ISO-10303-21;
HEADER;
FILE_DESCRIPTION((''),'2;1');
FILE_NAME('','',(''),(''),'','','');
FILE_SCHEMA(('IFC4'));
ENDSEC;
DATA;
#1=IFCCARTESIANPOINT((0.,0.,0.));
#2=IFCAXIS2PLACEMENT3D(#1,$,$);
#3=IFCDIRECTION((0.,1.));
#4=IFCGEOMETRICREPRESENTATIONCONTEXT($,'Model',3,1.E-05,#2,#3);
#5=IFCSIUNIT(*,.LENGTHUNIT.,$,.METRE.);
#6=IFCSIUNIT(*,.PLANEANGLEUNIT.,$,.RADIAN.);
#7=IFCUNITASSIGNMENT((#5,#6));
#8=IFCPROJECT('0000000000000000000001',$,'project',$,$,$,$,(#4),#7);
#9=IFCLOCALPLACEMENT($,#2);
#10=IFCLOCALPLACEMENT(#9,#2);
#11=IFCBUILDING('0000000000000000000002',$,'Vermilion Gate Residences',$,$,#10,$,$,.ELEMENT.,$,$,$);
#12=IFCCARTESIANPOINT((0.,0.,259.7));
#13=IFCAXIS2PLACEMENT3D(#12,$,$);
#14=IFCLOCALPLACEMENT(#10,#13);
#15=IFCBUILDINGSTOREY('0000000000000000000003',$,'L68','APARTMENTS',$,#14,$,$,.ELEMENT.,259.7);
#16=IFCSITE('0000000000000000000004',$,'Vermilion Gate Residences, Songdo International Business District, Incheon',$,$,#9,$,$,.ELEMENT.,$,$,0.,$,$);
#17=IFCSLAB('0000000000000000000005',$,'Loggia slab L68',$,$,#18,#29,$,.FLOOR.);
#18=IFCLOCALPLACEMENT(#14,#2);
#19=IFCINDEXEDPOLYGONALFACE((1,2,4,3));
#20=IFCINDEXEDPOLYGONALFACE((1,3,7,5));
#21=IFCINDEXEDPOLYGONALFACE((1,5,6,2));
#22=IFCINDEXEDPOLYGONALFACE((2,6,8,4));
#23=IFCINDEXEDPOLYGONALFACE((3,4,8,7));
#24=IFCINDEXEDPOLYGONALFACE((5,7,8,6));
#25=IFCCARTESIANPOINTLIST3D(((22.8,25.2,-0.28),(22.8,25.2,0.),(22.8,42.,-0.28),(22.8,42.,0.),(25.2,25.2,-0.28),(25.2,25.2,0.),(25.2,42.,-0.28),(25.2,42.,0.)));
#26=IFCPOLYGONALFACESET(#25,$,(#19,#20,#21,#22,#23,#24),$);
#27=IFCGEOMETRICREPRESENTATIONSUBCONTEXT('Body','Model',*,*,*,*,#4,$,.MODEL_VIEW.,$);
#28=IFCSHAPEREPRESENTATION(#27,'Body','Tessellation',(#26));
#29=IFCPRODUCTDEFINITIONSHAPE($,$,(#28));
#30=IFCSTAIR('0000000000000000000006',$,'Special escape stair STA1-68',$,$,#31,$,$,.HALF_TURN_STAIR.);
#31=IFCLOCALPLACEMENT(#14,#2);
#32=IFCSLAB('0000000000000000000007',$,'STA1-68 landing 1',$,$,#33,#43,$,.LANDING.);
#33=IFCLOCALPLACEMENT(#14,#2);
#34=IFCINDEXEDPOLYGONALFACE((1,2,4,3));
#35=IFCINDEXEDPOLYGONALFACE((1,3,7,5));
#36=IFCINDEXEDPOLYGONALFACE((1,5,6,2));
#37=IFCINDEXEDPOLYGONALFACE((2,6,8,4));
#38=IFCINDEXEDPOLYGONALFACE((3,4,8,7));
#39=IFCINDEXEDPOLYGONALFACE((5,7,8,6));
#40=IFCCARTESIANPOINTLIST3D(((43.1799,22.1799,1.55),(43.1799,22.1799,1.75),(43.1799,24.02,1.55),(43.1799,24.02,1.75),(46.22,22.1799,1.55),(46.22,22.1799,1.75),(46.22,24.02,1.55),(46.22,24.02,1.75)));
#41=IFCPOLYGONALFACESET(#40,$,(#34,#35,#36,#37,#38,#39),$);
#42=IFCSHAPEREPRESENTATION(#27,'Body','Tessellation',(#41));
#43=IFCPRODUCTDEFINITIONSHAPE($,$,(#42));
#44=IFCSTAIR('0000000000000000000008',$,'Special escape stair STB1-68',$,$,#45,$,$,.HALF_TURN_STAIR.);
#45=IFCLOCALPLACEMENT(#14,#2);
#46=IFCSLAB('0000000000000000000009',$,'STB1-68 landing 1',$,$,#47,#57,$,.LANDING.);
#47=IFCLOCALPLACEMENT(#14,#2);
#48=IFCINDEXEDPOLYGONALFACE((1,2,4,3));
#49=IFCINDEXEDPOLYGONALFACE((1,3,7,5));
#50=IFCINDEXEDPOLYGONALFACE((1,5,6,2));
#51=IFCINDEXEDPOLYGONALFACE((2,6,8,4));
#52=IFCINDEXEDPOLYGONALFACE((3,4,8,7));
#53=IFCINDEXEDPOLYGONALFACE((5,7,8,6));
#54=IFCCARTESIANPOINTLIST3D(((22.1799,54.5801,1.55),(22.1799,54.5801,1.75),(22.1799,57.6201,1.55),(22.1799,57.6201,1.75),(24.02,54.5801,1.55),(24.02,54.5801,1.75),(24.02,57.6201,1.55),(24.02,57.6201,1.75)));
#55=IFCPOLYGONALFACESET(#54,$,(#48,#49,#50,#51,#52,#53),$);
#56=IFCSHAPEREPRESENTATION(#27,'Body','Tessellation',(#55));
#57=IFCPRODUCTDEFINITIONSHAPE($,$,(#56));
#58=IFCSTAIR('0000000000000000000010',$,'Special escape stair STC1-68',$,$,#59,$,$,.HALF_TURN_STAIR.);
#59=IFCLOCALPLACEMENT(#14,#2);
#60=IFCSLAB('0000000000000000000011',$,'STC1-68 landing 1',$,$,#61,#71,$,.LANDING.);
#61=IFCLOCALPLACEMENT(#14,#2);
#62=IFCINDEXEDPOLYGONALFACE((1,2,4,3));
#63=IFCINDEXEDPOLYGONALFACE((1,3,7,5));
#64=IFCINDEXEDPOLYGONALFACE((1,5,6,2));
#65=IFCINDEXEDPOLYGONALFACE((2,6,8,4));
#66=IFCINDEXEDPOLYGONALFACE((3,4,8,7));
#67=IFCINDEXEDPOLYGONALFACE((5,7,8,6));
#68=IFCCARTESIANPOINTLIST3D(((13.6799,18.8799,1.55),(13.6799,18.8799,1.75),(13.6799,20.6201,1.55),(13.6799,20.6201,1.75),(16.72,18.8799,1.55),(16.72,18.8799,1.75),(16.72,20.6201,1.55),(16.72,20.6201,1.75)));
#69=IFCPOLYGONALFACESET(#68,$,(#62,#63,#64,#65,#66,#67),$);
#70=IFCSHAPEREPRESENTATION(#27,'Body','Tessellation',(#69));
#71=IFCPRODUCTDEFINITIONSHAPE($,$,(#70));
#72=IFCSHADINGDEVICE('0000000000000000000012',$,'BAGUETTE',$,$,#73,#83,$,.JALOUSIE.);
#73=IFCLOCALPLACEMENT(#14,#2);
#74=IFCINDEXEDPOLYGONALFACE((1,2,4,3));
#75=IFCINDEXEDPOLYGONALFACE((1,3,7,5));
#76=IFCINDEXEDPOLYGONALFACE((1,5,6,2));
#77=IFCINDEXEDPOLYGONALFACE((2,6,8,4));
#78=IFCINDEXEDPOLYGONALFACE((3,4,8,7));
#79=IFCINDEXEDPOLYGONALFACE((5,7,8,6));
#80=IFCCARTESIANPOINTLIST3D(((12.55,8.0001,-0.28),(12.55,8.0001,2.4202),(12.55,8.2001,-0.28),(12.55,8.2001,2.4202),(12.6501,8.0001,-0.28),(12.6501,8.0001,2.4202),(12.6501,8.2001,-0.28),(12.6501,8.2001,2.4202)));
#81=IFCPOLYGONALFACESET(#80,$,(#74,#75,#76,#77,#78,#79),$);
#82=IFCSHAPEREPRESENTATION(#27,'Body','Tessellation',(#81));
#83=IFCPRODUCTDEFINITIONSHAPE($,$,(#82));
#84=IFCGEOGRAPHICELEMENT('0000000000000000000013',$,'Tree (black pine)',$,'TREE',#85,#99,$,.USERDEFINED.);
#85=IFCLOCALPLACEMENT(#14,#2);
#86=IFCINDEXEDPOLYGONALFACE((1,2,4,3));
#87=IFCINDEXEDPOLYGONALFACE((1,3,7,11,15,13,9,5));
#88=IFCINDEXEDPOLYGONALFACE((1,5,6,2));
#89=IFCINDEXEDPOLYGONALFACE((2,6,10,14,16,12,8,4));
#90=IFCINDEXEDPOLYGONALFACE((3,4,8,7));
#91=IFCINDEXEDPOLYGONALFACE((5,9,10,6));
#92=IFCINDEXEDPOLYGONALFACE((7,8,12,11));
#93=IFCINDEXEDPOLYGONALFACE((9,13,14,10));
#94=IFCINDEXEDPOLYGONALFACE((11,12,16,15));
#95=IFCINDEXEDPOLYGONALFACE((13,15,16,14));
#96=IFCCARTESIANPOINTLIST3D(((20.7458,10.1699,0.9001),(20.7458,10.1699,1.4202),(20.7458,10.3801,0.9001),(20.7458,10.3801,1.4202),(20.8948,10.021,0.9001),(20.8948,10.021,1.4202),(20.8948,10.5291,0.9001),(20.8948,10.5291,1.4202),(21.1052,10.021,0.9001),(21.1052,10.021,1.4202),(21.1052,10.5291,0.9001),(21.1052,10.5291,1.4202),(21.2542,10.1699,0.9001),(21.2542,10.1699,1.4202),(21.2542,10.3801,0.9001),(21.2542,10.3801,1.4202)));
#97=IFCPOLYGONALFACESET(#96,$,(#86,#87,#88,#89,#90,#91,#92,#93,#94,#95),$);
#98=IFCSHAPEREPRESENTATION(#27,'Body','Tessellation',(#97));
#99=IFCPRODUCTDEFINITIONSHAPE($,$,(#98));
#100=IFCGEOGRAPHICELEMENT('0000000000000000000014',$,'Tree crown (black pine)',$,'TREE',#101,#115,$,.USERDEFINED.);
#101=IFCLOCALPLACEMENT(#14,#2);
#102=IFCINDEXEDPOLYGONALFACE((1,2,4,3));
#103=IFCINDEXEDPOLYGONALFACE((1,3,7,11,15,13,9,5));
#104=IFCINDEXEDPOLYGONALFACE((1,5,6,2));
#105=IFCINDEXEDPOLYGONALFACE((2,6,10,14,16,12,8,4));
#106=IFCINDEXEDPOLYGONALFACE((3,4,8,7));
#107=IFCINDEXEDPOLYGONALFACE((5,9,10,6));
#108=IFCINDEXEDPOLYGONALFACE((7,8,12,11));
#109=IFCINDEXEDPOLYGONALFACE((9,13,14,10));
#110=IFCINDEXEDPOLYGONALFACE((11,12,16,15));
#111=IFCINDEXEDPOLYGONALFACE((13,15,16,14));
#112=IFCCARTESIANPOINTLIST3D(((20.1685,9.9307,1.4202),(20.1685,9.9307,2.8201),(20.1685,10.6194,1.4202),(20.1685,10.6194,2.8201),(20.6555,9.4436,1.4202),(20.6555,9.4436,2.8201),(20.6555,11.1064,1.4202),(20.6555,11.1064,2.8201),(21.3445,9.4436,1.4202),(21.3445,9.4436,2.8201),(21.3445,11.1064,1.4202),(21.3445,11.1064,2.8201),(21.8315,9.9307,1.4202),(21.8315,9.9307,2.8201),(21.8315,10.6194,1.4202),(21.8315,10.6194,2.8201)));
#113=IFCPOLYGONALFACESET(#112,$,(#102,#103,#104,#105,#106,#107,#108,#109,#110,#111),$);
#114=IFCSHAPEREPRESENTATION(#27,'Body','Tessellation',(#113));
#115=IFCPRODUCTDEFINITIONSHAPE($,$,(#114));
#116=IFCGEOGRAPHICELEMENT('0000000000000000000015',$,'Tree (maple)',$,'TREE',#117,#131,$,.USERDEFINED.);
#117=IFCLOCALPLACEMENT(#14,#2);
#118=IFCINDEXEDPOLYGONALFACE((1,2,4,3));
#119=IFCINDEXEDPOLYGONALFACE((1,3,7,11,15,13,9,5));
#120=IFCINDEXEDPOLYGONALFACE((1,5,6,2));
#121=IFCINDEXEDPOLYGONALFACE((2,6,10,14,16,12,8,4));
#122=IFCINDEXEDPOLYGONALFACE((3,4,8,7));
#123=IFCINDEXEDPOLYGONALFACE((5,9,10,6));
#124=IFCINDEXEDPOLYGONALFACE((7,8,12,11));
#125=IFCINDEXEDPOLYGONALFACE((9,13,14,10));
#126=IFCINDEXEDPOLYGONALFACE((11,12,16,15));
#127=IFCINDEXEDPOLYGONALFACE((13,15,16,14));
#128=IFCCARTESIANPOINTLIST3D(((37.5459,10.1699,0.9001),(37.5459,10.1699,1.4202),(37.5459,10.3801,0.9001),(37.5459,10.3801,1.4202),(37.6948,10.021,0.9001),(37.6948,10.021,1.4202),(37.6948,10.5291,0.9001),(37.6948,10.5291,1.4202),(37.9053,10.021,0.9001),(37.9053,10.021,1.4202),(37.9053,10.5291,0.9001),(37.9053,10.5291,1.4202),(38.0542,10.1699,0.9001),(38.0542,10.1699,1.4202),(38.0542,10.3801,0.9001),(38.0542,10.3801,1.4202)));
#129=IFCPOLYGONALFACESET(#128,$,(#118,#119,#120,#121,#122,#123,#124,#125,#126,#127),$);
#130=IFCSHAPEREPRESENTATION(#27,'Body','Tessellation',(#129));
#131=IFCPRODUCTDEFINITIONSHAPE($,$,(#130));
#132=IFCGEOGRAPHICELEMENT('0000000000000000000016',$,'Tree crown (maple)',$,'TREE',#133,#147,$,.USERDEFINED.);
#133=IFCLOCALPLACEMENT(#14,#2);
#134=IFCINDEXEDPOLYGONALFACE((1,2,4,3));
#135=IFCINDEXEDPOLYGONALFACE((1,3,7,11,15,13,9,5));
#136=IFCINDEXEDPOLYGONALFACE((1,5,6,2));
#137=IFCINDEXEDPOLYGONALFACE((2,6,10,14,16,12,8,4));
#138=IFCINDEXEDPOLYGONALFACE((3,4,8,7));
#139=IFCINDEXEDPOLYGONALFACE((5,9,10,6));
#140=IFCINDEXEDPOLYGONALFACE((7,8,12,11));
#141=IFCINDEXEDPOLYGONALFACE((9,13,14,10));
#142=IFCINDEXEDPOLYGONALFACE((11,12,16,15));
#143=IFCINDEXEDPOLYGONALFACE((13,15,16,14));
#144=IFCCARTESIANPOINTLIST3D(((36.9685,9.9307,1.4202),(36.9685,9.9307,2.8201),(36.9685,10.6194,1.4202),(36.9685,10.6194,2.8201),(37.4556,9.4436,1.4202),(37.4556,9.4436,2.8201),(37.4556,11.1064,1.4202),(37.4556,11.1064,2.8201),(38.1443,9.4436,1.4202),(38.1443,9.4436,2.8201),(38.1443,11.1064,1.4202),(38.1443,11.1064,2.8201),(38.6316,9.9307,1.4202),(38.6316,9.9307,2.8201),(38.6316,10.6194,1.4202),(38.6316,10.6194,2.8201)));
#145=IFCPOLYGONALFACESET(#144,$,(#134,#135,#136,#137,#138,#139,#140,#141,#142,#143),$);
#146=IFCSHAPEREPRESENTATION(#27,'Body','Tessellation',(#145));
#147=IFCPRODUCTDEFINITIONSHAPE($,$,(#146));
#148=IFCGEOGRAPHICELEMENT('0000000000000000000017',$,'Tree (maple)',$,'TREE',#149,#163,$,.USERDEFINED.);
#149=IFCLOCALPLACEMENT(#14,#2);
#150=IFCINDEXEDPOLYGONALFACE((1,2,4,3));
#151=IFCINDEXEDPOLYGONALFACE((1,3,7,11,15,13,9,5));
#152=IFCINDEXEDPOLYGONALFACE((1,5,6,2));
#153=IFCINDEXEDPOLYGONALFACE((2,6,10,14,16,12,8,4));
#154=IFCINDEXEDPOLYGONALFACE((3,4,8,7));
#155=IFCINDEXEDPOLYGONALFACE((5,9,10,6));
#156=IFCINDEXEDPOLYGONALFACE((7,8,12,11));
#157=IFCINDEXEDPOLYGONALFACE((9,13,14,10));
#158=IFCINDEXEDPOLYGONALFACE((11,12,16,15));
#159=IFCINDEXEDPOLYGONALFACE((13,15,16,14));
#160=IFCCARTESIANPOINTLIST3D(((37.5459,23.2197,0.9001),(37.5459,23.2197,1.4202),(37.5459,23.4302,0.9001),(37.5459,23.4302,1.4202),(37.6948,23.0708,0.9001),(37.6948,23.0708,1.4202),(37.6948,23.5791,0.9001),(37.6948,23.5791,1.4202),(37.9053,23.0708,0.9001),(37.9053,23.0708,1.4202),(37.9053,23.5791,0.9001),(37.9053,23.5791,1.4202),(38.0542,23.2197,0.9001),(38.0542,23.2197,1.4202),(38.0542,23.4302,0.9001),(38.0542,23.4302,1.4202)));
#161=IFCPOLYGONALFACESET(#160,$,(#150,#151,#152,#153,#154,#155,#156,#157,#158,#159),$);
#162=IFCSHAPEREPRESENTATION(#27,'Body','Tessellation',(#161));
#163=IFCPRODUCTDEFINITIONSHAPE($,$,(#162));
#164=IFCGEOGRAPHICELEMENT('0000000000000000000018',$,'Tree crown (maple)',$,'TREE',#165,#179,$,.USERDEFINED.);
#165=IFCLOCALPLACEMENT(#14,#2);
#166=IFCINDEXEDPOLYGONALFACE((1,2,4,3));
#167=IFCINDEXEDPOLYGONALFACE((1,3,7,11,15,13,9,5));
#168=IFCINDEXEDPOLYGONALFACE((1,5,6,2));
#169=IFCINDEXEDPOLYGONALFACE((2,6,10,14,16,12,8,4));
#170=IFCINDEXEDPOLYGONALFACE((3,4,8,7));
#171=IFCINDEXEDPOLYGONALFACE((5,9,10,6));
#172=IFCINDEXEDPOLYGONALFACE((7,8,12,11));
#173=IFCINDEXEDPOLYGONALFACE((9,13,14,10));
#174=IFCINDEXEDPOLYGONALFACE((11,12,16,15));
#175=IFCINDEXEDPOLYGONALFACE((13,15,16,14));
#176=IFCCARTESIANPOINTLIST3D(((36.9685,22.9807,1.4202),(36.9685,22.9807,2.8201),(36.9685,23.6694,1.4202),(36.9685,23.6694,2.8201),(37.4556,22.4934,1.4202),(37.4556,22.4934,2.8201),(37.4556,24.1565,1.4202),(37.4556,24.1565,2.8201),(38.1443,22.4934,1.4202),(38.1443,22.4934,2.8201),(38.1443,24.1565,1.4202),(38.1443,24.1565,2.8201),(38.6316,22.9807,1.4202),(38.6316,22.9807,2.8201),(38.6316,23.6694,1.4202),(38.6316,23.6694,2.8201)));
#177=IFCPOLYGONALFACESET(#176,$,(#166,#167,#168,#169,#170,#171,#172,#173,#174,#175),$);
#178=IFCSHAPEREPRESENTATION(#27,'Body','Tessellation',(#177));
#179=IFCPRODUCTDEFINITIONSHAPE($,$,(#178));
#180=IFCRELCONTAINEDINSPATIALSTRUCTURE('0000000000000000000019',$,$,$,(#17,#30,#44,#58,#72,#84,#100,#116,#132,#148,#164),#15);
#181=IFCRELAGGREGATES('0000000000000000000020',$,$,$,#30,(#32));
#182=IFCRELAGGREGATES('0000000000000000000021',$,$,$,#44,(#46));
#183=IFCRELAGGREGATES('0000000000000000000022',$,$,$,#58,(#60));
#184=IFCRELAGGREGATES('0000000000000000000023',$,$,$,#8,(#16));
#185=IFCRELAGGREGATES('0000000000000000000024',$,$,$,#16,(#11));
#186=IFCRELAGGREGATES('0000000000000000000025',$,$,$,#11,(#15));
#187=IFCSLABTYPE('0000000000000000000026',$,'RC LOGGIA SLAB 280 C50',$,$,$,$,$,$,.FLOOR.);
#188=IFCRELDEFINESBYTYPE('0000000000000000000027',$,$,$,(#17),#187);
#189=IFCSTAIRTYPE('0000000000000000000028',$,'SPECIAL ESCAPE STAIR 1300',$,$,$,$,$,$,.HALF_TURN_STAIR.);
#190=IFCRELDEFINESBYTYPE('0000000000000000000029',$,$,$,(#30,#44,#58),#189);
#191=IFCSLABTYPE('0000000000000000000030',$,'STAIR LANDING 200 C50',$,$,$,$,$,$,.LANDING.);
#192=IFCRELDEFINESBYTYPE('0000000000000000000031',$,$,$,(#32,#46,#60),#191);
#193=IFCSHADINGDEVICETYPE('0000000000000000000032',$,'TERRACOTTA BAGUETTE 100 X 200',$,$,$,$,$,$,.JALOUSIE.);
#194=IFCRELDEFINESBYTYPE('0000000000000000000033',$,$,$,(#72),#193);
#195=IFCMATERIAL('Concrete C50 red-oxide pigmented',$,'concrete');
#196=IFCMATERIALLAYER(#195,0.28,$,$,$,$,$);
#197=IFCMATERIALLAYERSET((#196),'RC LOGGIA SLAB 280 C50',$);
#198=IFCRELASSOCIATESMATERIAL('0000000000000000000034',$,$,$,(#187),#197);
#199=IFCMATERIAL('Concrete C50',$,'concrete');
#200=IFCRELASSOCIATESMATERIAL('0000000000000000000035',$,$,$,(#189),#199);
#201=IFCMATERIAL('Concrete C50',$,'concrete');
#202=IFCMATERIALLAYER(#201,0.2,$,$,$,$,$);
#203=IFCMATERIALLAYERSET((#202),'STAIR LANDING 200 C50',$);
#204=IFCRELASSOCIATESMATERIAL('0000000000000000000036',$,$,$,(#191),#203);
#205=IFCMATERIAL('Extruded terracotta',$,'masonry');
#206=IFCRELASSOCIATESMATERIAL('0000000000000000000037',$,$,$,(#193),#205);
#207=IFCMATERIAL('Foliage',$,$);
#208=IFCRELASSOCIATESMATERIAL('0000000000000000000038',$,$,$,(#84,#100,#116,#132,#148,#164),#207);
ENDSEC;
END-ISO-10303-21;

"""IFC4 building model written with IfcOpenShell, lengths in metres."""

from ifc_helpers import new_model, si_unit, direction, frame, origin, origin_2d, place, context, subcontext, project, spatial, polyline, rectangle, outline, extrude, material, layer, layer_set, material_profile, profile_set, type_object, element, aggregate, save


model = new_model("IFC4")

# Units and contexts
model_context = context("Model", 3, precision=1e-05, world=origin(), true_north=direction((0.0, 1.0)))
body_context = subcontext(model_context, "Body", "Model", "MODEL_VIEW")
ifc_project = project(units=[si_unit("LENGTHUNIT", "METRE"), si_unit("PLANEANGLEUNIT", "RADIAN")], contexts=[model_context])

# Site, building, storey
site_placement = place(None, origin())
site = spatial("IfcSite", under=ifc_project, at=site_placement, Name="Vermilion Gate Residences, Songdo International Business District, Incheon", CompositionType="ELEMENT", RefElevation=0.0)
building_placement = place(site_placement, origin())
building = spatial("IfcBuilding", under=site, at=building_placement, Name="Vermilion Gate Residences", CompositionType="ELEMENT")
storey_placement = place(building_placement, frame((0.0, 0.0, 259.7)))
storey = spatial("IfcBuildingStorey", under=building, at=storey_placement, Name="L68", Description="APARTMENTS", CompositionType="ELEMENT", Elevation=259.7)

# Slab
ifc_material_1 = material(Name="Concrete C50 red-oxide pigmented", Category="concrete")
ifc_layer_1 = layer(ifc_material_1, 0.28)
ifc_layer_set_1 = layer_set([ifc_layer_1], Name="RC LOGGIA SLAB 280 C50")
slab_type_1 = type_object("IfcSlabType", Name="RC LOGGIA SLAB 280 C50", PredefinedType="FLOOR", material=ifc_layer_set_1)
slab_1_placement = place(storey_placement, frame((0.0, 0.0, -0.28)))
element("IfcSlab", 1, at=slab_1_placement, inside=storey, type_object=slab_type_1, Name="Loggia slab L68", PredefinedType="FLOOR", context=body_context, shape_type="SweptSolid", body=[
    extrude(outline(polyline([(25.2, 42.0), (22.8, 42.0), (22.8, 25.2), (25.2, 25.2), (25.2, 42.0)])), origin(), (0.0, 0.0, 1.0), 0.28),
])

# Stairs, slabs
ifc_material_2 = material(Name="Concrete C50", Category="concrete")
stair_type = type_object("IfcStairType", Name="SPECIAL ESCAPE STAIR 1300", PredefinedType="HALF_TURN_STAIR", material=ifc_material_2)
stair_1_placement = place(storey_placement, origin())
stair_1 = element("IfcStair", 2, at=stair_1_placement, inside=storey, type_object=stair_type, Name="Special escape stair STA1-68", PredefinedType="HALF_TURN_STAIR")
ifc_material_3 = material(Name="Concrete C50", Category="concrete")
ifc_layer_2 = layer(ifc_material_3, 0.2)
ifc_layer_set_2 = layer_set([ifc_layer_2], Name="STAIR LANDING 200 C50")
slab_type_2 = type_object("IfcSlabType", Name="STAIR LANDING 200 C50", PredefinedType="LANDING", material=ifc_layer_set_2)
slab_2_placement = place(storey_placement, frame((0.0, 0.0, 1.55)))
slab_2 = element("IfcSlab", 3, at=slab_2_placement, type_object=slab_type_2, Name="STA1-68 landing 1", PredefinedType="LANDING", context=body_context, shape_type="SweptSolid", body=[
    extrude(outline(polyline([(46.22, 22.1799), (46.22, 24.02), (43.1799, 24.02), (43.1799, 22.1799), (46.22, 22.1799)])), origin(), (0.0, 0.0, 1.0), 0.2),
])
aggregate(stair_1, [slab_2])
stair_2_placement = place(storey_placement, origin())
stair_2 = element("IfcStair", 4, at=stair_2_placement, inside=storey, type_object=stair_type, Name="Special escape stair STB1-68", PredefinedType="HALF_TURN_STAIR")
slab_3_placement = place(storey_placement, frame((0.0, 0.0, 1.55)))
slab_3 = element("IfcSlab", 5, at=slab_3_placement, type_object=slab_type_2, Name="STB1-68 landing 1", PredefinedType="LANDING", context=body_context, shape_type="SweptSolid", body=[
    extrude(outline(polyline([(24.02, 54.5801), (24.02, 57.6201), (22.1799, 57.6201), (22.1799, 54.5801), (24.02, 54.5801)])), origin(), (0.0, 0.0, 1.0), 0.2),
])
aggregate(stair_2, [slab_3])
stair_3_placement = place(storey_placement, origin())
stair_3 = element("IfcStair", 6, at=stair_3_placement, inside=storey, type_object=stair_type, Name="Special escape stair STC1-68", PredefinedType="HALF_TURN_STAIR")
slab_4_placement = place(storey_placement, frame((0.0, 0.0, 1.55)))
slab_4 = element("IfcSlab", 7, at=slab_4_placement, type_object=slab_type_2, Name="STC1-68 landing 1", PredefinedType="LANDING", context=body_context, shape_type="SweptSolid", body=[
    extrude(outline(polyline([(16.72, 18.8799), (16.72, 20.6201), (13.6799, 20.6201), (13.6799, 18.8799), (16.72, 18.8799)])), origin(), (0.0, 0.0, 1.0), 0.2),
])
aggregate(stair_3, [slab_4])

# Shading device
ifc_material_4 = material(Name="Extruded terracotta", Category="masonry")
ifc_material_profile_1 = material_profile(ifc_material_4, rectangle(XDim=0.2, YDim=0.1001, at=origin_2d()), Name="BAGUETTE 100 X 200")
ifc_profile_set_1 = profile_set([ifc_material_profile_1], Name="Extruded terracotta")
shading_device_type = type_object("IfcShadingDeviceType", Name="TERRACOTTA BAGUETTE 100 X 200", PredefinedType="JALOUSIE", material=ifc_profile_set_1)
shading_device_placement = place(storey_placement, frame((12.6001, 8.1001, -0.28), z_axis=(0.0, 0.0, 1.0), x_axis=(0.0, 1.0, 0.0)))
element("IfcShadingDevice", 8, at=shading_device_placement, inside=storey, type_object=shading_device_type, Name="BAGUETTE", PredefinedType="JALOUSIE", context=body_context, shape_type="SweptSolid", body=[
    extrude(rectangle(XDim=0.2, YDim=0.1001, at=origin_2d()), origin(), (0.0, 0.0, 1.0), 2.7002),
])

# Geographic elements
ifc_material_5 = material(Name="Foliage")
geographic_element_1_placement = place(storey_placement, frame((0.0, 0.0, 0.9001)))
element("IfcGeographicElement", 9, at=geographic_element_1_placement, inside=storey, material=ifc_material_5, Name="Tree (black pine)", ObjectType="TREE", PredefinedType="USERDEFINED", context=body_context, shape_type="SweptSolid", body=[
    extrude(outline(polyline([(21.2542, 10.3801), (21.1052, 10.5291), (20.8948, 10.5291), (20.7458, 10.3801), (20.7458, 10.1699), (20.8948, 10.021), (21.1052, 10.021), (21.2542, 10.1699), (21.2542, 10.3801)])), origin(), (0.0, 0.0, 1.0), 0.52),
])
geographic_element_2_placement = place(storey_placement, frame((0.0, 0.0, 1.4202)))
element("IfcGeographicElement", 10, at=geographic_element_2_placement, inside=storey, material=ifc_material_5, Name="Tree crown (black pine)", ObjectType="TREE", PredefinedType="USERDEFINED", context=body_context, shape_type="SweptSolid", body=[
    extrude(outline(polyline([(21.8315, 10.6194), (21.3445, 11.1064), (20.6555, 11.1064), (20.1685, 10.6194), (20.1685, 9.9307), (20.6555, 9.4436), (21.3445, 9.4436), (21.8315, 9.9307), (21.8315, 10.6194)])), origin(), (0.0, 0.0, 1.0), 1.3999),
])
geographic_element_3_placement = place(storey_placement, frame((0.0, 0.0, 0.9001)))
element("IfcGeographicElement", 11, at=geographic_element_3_placement, inside=storey, material=ifc_material_5, Name="Tree (maple)", ObjectType="TREE", PredefinedType="USERDEFINED", context=body_context, shape_type="SweptSolid", body=[
    extrude(outline(polyline([(38.0542, 10.3801), (37.9053, 10.5291), (37.6948, 10.5291), (37.5459, 10.3801), (37.5459, 10.1699), (37.6948, 10.021), (37.9053, 10.021), (38.0542, 10.1699), (38.0542, 10.3801)])), origin(), (0.0, 0.0, 1.0), 0.52),
])
geographic_element_4_placement = place(storey_placement, frame((0.0, 0.0, 1.4202)))
element("IfcGeographicElement", 12, at=geographic_element_4_placement, inside=storey, material=ifc_material_5, Name="Tree crown (maple)", ObjectType="TREE", PredefinedType="USERDEFINED", context=body_context, shape_type="SweptSolid", body=[
    extrude(outline(polyline([(38.6316, 10.6194), (38.1443, 11.1064), (37.4556, 11.1064), (36.9685, 10.6194), (36.9685, 9.9307), (37.4556, 9.4436), (38.1443, 9.4436), (38.6316, 9.9307), (38.6316, 10.6194)])), origin(), (0.0, 0.0, 1.0), 1.3999),
])
geographic_element_5_placement = place(storey_placement, frame((0.0, 0.0, 0.9001)))
element("IfcGeographicElement", 13, at=geographic_element_5_placement, inside=storey, material=ifc_material_5, Name="Tree (maple)", ObjectType="TREE", PredefinedType="USERDEFINED", context=body_context, shape_type="SweptSolid", body=[
    extrude(outline(polyline([(38.0542, 23.4302), (37.9053, 23.5791), (37.6948, 23.5791), (37.5459, 23.4302), (37.5459, 23.2197), (37.6948, 23.0708), (37.9053, 23.0708), (38.0542, 23.2197), (38.0542, 23.4302)])), origin(), (0.0, 0.0, 1.0), 0.52),
])
geographic_element_6_placement = place(storey_placement, frame((0.0, 0.0, 1.4202)))
element("IfcGeographicElement", 14, at=geographic_element_6_placement, inside=storey, material=ifc_material_5, Name="Tree crown (maple)", ObjectType="TREE", PredefinedType="USERDEFINED", context=body_context, shape_type="SweptSolid", body=[
    extrude(outline(polyline([(38.6316, 23.6694), (38.1443, 24.1565), (37.4556, 24.1565), (36.9685, 23.6694), (36.9685, 22.9807), (37.4556, 22.4934), (38.1443, 22.4934), (38.6316, 22.9807), (38.6316, 23.6694)])), origin(), (0.0, 0.0, 1.0), 1.3999),
])

save(model, "model.ifc")
